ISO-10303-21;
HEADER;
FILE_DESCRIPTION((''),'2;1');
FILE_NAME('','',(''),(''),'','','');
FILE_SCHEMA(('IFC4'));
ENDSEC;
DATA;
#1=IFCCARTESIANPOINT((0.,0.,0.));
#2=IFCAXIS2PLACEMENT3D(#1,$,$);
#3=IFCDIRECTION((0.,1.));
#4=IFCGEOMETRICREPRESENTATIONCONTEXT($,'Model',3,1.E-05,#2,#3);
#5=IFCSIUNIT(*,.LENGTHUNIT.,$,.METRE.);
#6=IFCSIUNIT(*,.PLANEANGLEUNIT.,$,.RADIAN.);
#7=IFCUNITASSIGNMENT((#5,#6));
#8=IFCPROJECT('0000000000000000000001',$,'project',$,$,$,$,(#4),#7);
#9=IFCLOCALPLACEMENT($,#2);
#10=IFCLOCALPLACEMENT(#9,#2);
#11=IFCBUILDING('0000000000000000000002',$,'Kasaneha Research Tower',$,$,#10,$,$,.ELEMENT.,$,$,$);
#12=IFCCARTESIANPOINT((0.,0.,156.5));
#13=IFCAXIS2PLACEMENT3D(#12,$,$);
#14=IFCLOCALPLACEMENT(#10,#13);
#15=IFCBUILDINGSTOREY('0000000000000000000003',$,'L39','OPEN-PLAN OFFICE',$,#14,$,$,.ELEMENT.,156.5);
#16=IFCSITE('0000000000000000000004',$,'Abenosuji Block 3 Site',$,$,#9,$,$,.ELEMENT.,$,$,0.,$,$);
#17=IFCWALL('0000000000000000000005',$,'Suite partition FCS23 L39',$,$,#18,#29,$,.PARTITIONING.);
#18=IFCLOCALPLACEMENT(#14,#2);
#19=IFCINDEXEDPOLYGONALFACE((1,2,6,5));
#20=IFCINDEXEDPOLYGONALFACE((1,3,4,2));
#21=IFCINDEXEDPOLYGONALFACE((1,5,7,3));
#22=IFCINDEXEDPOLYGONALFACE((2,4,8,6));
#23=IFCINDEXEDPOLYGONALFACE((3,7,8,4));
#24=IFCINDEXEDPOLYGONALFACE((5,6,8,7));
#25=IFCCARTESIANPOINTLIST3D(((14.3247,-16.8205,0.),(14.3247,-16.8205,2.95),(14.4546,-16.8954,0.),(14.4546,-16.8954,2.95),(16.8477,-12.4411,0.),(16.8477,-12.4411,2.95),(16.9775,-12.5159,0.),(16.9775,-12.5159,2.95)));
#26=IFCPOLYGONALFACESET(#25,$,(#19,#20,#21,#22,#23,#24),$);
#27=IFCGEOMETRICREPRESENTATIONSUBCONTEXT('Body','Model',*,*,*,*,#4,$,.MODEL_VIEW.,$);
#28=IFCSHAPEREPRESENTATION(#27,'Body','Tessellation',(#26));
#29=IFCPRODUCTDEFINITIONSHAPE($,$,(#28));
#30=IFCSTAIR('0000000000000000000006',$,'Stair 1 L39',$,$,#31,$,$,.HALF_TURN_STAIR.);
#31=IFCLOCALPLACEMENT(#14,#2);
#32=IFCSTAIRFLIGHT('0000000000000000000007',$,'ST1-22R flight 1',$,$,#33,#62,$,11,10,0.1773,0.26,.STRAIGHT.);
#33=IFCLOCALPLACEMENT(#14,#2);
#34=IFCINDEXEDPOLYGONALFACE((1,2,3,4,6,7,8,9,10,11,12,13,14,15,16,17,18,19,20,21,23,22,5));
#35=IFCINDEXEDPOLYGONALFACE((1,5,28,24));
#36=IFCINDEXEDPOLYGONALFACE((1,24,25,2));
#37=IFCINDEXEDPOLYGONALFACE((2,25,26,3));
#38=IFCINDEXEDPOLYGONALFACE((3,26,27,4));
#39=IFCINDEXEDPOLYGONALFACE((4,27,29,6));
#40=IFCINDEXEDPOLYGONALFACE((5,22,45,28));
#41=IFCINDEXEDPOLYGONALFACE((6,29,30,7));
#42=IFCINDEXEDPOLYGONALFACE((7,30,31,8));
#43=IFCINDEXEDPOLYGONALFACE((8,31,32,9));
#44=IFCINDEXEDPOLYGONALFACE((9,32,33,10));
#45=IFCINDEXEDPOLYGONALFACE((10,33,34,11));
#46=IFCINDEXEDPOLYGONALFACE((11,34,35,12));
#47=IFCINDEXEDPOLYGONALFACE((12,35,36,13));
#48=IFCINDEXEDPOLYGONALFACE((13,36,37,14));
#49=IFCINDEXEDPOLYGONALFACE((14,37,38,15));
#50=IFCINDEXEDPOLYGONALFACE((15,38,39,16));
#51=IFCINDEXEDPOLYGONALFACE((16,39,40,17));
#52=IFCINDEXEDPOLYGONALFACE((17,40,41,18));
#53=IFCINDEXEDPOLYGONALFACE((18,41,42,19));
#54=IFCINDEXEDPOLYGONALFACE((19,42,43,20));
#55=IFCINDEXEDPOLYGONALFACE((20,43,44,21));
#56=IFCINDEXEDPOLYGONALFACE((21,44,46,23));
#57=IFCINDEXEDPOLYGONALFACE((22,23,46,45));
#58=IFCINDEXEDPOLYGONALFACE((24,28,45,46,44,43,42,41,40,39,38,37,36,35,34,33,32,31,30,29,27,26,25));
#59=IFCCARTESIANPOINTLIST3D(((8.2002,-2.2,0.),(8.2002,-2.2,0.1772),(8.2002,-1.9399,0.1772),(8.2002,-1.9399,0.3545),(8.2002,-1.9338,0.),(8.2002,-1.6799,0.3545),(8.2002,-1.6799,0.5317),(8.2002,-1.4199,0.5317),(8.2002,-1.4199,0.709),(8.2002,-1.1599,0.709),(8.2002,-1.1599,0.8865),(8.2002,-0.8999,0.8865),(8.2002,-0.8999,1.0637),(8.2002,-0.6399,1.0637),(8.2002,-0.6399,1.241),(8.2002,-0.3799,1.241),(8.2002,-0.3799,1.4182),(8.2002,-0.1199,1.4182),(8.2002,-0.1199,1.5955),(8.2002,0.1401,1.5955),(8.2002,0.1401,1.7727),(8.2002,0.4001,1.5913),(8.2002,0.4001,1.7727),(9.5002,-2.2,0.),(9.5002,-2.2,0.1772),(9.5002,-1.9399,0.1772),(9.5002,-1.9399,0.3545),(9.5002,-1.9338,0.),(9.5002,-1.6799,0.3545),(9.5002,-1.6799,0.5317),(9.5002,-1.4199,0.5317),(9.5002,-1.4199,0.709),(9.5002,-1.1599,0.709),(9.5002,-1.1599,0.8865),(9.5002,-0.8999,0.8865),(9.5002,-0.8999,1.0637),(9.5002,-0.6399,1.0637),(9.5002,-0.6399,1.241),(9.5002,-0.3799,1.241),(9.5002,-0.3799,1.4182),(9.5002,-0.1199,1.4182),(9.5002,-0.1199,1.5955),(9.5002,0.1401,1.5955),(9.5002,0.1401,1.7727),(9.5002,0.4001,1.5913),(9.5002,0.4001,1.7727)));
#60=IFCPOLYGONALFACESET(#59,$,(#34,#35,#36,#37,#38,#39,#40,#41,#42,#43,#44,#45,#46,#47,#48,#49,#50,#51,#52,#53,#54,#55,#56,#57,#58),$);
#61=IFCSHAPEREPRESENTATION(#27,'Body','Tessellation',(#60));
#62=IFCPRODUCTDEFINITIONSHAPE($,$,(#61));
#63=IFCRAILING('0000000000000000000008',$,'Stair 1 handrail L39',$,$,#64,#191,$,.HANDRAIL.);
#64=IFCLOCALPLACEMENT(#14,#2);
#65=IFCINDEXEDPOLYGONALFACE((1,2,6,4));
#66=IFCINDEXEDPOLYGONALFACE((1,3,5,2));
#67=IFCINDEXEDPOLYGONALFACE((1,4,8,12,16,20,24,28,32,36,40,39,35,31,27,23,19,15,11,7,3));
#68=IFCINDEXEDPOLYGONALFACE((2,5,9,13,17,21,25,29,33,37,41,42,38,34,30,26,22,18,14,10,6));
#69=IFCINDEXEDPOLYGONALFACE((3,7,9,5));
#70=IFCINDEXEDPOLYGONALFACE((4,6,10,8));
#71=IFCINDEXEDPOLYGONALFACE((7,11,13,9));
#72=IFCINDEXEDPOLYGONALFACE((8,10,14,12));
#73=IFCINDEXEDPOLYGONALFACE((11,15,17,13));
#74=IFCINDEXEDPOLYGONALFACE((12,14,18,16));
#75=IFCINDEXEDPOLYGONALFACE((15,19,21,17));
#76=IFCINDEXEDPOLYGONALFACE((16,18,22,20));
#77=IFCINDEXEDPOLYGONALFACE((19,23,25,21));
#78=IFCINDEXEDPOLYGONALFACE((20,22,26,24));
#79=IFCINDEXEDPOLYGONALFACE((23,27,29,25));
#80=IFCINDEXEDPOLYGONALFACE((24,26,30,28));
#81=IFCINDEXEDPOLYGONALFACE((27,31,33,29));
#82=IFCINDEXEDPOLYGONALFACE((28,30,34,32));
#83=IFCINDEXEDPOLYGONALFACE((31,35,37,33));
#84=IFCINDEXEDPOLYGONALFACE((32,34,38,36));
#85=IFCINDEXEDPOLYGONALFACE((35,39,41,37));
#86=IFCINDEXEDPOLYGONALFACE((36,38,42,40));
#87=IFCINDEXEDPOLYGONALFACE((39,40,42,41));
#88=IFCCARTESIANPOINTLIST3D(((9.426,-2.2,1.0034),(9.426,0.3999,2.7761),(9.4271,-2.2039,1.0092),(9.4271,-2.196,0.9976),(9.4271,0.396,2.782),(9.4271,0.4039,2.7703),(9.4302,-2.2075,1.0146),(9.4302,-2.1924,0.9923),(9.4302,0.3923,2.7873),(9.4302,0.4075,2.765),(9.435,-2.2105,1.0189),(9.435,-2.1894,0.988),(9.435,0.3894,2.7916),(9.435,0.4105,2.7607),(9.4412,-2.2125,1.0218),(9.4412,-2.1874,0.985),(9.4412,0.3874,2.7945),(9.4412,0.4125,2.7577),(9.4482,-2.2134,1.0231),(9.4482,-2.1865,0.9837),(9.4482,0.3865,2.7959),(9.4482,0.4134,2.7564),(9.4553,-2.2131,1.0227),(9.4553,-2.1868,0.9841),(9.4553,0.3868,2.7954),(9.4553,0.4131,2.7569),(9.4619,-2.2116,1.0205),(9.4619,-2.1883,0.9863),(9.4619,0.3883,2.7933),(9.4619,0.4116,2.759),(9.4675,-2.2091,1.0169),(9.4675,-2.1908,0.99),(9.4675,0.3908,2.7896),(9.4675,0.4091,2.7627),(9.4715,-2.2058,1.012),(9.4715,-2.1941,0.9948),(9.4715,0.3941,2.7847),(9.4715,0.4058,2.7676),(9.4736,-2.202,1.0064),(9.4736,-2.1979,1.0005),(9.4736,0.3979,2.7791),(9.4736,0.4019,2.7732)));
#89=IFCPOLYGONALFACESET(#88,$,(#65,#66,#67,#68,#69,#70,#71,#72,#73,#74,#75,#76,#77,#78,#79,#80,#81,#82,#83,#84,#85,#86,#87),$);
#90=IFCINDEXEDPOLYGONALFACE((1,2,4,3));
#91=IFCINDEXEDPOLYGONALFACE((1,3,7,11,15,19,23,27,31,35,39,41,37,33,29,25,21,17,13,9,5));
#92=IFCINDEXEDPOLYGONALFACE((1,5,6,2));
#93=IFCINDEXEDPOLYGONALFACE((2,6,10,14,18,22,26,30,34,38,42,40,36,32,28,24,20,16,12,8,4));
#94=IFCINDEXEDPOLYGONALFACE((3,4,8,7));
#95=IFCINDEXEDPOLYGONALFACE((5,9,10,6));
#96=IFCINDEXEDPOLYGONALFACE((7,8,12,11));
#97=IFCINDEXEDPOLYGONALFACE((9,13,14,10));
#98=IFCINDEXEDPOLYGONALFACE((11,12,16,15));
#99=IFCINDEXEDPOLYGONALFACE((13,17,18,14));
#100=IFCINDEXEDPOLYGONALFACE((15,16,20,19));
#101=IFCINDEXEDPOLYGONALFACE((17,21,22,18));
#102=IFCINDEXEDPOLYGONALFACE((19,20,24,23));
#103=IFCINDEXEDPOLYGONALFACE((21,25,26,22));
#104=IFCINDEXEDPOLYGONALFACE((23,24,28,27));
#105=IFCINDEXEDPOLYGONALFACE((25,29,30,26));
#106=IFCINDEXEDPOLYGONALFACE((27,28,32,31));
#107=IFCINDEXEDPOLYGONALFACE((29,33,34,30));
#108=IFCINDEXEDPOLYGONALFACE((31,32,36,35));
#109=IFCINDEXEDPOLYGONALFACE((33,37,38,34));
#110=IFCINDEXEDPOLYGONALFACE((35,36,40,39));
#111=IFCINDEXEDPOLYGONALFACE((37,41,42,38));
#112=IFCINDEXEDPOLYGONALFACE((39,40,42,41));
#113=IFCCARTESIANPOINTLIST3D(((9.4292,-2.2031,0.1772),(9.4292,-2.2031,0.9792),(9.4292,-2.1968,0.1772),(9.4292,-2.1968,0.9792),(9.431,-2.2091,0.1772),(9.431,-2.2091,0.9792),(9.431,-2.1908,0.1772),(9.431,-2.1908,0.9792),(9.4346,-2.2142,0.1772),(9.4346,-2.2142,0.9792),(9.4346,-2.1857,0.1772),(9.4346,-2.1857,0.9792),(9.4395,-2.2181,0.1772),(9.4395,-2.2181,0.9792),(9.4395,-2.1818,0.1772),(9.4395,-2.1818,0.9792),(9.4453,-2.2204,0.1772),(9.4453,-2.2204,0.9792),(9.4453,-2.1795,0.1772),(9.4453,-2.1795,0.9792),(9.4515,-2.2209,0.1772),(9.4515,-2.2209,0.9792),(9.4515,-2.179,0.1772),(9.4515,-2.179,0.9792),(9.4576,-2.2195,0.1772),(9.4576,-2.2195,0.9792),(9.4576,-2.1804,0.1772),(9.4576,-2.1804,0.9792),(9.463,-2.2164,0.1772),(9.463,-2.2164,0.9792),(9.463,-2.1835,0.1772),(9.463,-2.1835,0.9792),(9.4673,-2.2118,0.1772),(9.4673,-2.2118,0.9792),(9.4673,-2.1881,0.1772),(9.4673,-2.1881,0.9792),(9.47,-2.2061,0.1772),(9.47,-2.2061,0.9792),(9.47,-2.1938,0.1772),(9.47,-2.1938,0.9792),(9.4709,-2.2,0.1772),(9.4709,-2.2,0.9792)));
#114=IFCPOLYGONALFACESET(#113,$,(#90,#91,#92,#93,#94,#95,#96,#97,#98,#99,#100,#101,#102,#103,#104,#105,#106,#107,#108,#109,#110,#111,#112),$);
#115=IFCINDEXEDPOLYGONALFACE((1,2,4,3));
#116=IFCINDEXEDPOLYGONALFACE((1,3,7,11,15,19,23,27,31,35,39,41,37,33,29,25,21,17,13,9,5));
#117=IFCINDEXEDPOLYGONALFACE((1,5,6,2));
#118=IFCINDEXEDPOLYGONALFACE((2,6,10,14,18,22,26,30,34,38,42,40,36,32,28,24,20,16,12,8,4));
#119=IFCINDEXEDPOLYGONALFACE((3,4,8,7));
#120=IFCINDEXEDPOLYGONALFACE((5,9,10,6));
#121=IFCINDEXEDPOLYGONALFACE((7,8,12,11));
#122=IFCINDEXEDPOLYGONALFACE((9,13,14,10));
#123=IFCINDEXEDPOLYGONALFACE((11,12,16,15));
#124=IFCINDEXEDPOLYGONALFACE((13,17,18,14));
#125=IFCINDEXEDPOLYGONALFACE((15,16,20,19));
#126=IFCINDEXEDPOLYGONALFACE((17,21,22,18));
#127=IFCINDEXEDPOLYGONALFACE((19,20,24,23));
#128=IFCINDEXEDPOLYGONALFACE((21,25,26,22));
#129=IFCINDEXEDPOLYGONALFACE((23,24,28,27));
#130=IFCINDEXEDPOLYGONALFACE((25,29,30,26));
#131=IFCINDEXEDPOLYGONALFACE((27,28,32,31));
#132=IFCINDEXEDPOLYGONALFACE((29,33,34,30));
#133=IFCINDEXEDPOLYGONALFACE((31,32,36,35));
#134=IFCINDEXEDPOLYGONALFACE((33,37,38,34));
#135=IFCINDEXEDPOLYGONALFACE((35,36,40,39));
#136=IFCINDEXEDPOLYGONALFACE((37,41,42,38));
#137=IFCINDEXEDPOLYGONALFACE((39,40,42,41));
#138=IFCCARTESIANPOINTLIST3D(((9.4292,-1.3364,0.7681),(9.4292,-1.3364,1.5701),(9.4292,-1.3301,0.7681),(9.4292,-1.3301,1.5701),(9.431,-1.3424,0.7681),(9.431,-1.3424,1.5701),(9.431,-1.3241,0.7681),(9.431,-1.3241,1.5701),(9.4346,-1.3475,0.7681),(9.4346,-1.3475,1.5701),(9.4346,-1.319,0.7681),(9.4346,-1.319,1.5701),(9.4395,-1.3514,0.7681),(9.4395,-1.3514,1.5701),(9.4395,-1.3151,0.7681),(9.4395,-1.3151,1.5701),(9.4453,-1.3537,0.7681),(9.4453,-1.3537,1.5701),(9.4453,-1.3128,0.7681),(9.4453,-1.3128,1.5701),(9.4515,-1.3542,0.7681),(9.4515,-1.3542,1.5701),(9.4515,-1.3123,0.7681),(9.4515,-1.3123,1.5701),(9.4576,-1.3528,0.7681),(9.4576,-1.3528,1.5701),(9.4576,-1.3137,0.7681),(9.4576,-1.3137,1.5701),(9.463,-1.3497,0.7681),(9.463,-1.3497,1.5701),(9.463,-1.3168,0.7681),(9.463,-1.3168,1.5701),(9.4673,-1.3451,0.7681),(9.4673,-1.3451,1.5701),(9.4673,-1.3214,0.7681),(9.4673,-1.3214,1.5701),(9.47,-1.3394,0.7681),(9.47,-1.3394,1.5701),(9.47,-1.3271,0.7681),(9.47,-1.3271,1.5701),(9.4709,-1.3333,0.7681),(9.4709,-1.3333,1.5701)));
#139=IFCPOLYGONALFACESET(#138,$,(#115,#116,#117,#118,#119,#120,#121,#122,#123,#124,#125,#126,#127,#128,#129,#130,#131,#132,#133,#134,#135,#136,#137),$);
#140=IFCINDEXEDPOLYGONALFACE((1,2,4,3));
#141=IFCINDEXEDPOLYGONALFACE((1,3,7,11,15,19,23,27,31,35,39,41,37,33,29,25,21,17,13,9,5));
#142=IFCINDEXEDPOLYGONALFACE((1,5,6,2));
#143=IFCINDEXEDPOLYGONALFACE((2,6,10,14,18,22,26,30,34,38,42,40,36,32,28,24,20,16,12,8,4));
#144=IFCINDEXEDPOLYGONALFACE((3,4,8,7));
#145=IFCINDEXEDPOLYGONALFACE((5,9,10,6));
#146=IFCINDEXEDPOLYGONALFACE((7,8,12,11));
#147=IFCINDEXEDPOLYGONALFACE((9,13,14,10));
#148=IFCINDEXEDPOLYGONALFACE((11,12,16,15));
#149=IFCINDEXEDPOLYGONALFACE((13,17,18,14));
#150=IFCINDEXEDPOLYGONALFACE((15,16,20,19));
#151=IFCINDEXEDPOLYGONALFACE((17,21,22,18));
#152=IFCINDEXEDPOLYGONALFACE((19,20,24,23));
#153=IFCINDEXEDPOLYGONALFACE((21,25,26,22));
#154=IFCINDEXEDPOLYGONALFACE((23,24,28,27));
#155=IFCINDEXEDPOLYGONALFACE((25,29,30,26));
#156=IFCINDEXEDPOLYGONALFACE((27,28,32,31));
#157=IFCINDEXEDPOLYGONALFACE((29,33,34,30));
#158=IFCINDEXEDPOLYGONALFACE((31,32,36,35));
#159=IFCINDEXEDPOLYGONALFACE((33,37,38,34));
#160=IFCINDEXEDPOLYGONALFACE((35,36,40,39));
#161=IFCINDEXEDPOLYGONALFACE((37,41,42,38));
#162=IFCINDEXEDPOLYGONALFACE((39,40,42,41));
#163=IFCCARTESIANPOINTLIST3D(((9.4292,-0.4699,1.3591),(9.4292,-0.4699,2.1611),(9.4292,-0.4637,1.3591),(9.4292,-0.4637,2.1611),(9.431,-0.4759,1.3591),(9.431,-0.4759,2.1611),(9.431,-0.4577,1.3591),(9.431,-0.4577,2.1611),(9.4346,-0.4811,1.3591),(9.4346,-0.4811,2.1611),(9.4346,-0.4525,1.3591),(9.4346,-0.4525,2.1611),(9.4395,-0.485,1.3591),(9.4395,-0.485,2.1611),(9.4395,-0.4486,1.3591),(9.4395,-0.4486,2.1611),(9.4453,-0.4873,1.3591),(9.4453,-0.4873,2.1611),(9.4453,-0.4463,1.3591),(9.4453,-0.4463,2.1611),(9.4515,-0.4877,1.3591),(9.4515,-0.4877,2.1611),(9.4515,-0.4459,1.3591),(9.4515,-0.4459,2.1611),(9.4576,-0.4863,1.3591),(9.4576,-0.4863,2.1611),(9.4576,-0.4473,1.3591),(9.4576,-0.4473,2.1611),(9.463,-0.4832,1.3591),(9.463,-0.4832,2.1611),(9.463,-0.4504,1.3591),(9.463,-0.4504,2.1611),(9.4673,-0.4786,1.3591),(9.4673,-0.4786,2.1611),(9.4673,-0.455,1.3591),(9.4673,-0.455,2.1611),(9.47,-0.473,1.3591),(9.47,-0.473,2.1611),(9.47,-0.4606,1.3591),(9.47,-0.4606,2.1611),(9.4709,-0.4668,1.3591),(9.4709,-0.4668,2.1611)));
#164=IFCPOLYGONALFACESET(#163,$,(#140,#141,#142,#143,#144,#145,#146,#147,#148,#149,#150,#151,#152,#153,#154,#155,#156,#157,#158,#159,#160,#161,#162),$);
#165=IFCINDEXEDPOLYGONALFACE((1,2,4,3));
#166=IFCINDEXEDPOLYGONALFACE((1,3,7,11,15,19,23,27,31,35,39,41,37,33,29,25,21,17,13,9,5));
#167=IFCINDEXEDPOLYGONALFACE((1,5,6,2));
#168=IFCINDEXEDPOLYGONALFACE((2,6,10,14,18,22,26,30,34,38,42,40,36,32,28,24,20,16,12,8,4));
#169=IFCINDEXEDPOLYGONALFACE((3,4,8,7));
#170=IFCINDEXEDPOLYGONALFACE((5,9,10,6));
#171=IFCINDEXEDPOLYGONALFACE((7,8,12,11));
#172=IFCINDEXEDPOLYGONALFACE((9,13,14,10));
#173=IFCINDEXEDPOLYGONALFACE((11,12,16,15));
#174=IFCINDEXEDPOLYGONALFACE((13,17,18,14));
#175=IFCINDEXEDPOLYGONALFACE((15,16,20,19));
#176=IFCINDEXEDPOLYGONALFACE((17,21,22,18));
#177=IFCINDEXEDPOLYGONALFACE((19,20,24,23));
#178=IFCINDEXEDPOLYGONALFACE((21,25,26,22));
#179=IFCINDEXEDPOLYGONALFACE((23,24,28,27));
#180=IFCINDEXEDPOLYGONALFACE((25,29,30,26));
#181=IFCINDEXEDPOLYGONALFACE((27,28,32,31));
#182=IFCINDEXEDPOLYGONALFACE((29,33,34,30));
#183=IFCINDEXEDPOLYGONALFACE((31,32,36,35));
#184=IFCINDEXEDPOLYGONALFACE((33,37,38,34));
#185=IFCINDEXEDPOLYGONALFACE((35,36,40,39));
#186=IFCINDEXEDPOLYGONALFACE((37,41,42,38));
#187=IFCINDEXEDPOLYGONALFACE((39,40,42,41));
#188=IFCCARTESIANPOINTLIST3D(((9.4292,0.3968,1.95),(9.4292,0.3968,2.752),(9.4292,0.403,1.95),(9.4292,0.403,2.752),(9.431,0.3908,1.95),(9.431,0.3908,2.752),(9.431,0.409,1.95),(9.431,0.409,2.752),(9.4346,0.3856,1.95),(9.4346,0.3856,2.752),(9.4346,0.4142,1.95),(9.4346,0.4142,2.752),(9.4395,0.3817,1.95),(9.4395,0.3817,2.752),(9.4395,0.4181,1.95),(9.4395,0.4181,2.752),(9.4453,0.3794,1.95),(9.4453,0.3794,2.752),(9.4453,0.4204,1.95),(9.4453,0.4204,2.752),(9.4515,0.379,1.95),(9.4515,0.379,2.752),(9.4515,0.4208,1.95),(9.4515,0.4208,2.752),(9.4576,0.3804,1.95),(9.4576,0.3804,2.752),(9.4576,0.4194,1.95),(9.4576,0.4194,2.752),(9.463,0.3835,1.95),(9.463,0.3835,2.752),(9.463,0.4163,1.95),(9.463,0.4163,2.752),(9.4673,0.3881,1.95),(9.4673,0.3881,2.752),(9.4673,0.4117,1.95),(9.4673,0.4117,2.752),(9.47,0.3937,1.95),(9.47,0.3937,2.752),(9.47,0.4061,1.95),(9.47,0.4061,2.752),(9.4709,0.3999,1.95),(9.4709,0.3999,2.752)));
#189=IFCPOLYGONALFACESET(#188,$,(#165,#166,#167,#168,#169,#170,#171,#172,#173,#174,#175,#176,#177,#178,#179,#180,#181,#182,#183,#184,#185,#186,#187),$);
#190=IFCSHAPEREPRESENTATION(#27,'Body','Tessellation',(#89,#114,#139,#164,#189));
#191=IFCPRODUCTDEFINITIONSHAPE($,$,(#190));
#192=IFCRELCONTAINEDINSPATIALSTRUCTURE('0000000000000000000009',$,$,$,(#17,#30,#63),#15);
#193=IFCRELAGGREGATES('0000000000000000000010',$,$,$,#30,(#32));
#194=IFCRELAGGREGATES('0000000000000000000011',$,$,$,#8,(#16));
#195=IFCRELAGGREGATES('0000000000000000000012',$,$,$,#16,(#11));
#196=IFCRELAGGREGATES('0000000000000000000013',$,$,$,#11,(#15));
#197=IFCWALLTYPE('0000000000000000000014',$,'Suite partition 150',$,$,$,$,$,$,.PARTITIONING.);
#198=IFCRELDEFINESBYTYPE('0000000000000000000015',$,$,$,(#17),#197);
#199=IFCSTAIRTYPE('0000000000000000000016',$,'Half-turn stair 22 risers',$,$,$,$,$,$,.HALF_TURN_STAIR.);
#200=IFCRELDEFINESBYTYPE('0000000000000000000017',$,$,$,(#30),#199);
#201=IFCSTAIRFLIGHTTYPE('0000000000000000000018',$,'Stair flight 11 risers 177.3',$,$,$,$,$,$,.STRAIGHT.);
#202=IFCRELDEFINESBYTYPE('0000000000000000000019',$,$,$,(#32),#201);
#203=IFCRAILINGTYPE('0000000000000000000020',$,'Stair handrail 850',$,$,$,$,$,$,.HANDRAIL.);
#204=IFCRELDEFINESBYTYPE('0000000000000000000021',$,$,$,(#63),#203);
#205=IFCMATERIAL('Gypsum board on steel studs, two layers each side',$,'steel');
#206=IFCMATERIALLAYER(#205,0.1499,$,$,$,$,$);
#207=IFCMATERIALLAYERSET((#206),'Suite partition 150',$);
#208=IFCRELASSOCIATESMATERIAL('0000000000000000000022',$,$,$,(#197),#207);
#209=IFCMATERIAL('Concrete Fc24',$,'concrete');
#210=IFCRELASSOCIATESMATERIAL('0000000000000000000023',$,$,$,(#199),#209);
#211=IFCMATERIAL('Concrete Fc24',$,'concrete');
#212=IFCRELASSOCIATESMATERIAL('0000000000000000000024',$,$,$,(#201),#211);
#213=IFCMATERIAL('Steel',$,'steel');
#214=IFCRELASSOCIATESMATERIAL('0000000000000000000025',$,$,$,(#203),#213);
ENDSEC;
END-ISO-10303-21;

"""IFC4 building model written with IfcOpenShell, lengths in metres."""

from ifc_helpers import new_model, si_unit, direction, frame, frame_2d, origin, origin_2d, place, context, subcontext, project, spatial, polyline, rectangle, circle, outline, extrude, material, layer, layer_set, type_object, element, aggregate, save


model = new_model("IFC4")

# Units and contexts
model_context = context("Model", 3, precision=1e-05, world=origin(), true_north=direction((0.0, 1.0)))
body_context = subcontext(model_context, "Body", "Model", "MODEL_VIEW")
ifc_project = project(units=[si_unit("LENGTHUNIT", "METRE"), si_unit("PLANEANGLEUNIT", "RADIAN")], contexts=[model_context])

# Site, building, storey
site_placement = place(None, origin())
site = spatial("IfcSite", under=ifc_project, at=site_placement, Name="Abenosuji Block 3 Site", CompositionType="ELEMENT", RefElevation=0.0)
building_placement = place(site_placement, origin())
building = spatial("IfcBuilding", under=site, at=building_placement, Name="Kasaneha Research Tower", CompositionType="ELEMENT")
storey_placement = place(building_placement, frame((0.0, 0.0, 156.5)))
storey = spatial("IfcBuildingStorey", under=building, at=storey_placement, Name="L39", Description="OPEN-PLAN OFFICE", CompositionType="ELEMENT", Elevation=156.5)

# Wall
ifc_material_1 = material(Name="Gypsum board on steel studs, two layers each side", Category="steel")
ifc_layer_1 = layer(ifc_material_1, 0.1499)
ifc_layer_set_1 = layer_set([ifc_layer_1], Name="Suite partition 150")
wall_type_1 = type_object("IfcWallType", Name="Suite partition 150", PredefinedType="PARTITIONING", material=ifc_layer_set_1)
wall_1_placement = place(storey_placement, frame((16.9126, -12.4785, 0.0), z_axis=(0.0, 0.0, 1.0), x_axis=(-0.499184, -0.866496, 0.0)))
element("IfcWall", 1, at=wall_1_placement, inside=storey, type_object=wall_type_1, Name="Suite partition FCS23 L39", PredefinedType="PARTITIONING", context=body_context, shape_type="SweptSolid", body=[
    extrude(rectangle(XDim=5.0542, YDim=0.1499, at=frame_2d((2.5271, 0.0))), origin(), (0.0, 0.0, 1.0), 2.95),
])

# Stair, stair flight
ifc_material_2 = material(Name="Concrete Fc24", Category="concrete")
stair_type = type_object("IfcStairType", Name="Half-turn stair 22 risers", PredefinedType="HALF_TURN_STAIR", material=ifc_material_2)
stair_placement = place(storey_placement, origin())
stair = element("IfcStair", 2, at=stair_placement, inside=storey, type_object=stair_type, Name="Stair 1 L39", PredefinedType="HALF_TURN_STAIR")
ifc_material_3 = material(Name="Concrete Fc24", Category="concrete")
stair_flight_type = type_object("IfcStairFlightType", Name="Stair flight 11 risers 177.3", PredefinedType="STRAIGHT", material=ifc_material_3)
stair_flight_placement = place(storey_placement, frame((8.8501, -2.2, 0.0), z_axis=(0.0, 0.0, 1.0), x_axis=(0.0, 1.0, 0.0)))
stair_flight = element("IfcStairFlight", 3, at=stair_flight_placement, type_object=stair_flight_type, Name="ST1-22R flight 1", NumberOfRisers=11, NumberOfTreads=10, PredefinedType="STRAIGHT", RiserHeight=0.1773, TreadLength=0.26, context=body_context, shape_type="SweptSolid", body=[
    extrude(outline(polyline([(0.0, 0.0), (0.0, 0.1772), (0.26, 0.1772), (0.26, 0.3545), (0.52, 0.3545), (0.52, 0.5317), (0.78, 0.5317), (0.78, 0.709), (1.04, 0.709), (1.04, 0.8865), (1.3, 0.8865), (1.3, 1.0637), (1.5601, 1.0637), (1.5601, 1.241), (1.8201, 1.241), (1.8201, 1.4182), (2.0801, 1.4182), (2.0801, 1.5955), (2.3401, 1.5955), (2.3401, 1.7727), (2.6001, 1.7727), (2.6001, 1.95), (2.6001, 1.5913), (0.2661, 0.0), (0.0, 0.0)])), frame((0.0, 0.6499, 0.0), z_axis=(0.0, -1.0, 0.0), x_axis=(1.0, 0.0, 0.0)), (0.0, 0.0, 1.0), 1.3),
])
aggregate(stair, [stair_flight])

# Railing
ifc_material_4 = material(Name="Steel", Category="steel")
railing_type = type_object("IfcRailingType", Name="Stair handrail 850", PredefinedType="HANDRAIL", material=ifc_material_4)
railing_placement = place(storey_placement, frame((9.45, -2.2, 0.1772)))
element("IfcRailing", 4, at=railing_placement, inside=storey, type_object=railing_type, Name="Stair 1 handrail L39", PredefinedType="HANDRAIL", context=body_context, shape_type="SweptSolid", body=[
    extrude(circle(Radius=0.0239, at=origin_2d()), frame((0.0, 0.0, 0.8262), z_axis=(0.0, 0.826216, 0.563354), x_axis=(-1.0, 0.0, 0.0)), (0.0, 0.0, 1.0), 3.1467),
    extrude(circle(Radius=0.021, at=origin_2d()), origin(), (0.0, 0.0, 1.0), 0.802),
    extrude(circle(Radius=0.021, at=origin_2d()), frame((0.0, 0.8667, 0.5908)), (0.0, 0.0, 1.0), 0.802),
    extrude(circle(Radius=0.021, at=origin_2d()), frame((0.0, 1.7332, 1.1819)), (0.0, 0.0, 1.0), 0.802),
    extrude(circle(Radius=0.021, at=origin_2d()), frame((0.0, 2.5999, 1.7727)), (0.0, 0.0, 1.0), 0.802),
])

save(model, "model.ifc")
